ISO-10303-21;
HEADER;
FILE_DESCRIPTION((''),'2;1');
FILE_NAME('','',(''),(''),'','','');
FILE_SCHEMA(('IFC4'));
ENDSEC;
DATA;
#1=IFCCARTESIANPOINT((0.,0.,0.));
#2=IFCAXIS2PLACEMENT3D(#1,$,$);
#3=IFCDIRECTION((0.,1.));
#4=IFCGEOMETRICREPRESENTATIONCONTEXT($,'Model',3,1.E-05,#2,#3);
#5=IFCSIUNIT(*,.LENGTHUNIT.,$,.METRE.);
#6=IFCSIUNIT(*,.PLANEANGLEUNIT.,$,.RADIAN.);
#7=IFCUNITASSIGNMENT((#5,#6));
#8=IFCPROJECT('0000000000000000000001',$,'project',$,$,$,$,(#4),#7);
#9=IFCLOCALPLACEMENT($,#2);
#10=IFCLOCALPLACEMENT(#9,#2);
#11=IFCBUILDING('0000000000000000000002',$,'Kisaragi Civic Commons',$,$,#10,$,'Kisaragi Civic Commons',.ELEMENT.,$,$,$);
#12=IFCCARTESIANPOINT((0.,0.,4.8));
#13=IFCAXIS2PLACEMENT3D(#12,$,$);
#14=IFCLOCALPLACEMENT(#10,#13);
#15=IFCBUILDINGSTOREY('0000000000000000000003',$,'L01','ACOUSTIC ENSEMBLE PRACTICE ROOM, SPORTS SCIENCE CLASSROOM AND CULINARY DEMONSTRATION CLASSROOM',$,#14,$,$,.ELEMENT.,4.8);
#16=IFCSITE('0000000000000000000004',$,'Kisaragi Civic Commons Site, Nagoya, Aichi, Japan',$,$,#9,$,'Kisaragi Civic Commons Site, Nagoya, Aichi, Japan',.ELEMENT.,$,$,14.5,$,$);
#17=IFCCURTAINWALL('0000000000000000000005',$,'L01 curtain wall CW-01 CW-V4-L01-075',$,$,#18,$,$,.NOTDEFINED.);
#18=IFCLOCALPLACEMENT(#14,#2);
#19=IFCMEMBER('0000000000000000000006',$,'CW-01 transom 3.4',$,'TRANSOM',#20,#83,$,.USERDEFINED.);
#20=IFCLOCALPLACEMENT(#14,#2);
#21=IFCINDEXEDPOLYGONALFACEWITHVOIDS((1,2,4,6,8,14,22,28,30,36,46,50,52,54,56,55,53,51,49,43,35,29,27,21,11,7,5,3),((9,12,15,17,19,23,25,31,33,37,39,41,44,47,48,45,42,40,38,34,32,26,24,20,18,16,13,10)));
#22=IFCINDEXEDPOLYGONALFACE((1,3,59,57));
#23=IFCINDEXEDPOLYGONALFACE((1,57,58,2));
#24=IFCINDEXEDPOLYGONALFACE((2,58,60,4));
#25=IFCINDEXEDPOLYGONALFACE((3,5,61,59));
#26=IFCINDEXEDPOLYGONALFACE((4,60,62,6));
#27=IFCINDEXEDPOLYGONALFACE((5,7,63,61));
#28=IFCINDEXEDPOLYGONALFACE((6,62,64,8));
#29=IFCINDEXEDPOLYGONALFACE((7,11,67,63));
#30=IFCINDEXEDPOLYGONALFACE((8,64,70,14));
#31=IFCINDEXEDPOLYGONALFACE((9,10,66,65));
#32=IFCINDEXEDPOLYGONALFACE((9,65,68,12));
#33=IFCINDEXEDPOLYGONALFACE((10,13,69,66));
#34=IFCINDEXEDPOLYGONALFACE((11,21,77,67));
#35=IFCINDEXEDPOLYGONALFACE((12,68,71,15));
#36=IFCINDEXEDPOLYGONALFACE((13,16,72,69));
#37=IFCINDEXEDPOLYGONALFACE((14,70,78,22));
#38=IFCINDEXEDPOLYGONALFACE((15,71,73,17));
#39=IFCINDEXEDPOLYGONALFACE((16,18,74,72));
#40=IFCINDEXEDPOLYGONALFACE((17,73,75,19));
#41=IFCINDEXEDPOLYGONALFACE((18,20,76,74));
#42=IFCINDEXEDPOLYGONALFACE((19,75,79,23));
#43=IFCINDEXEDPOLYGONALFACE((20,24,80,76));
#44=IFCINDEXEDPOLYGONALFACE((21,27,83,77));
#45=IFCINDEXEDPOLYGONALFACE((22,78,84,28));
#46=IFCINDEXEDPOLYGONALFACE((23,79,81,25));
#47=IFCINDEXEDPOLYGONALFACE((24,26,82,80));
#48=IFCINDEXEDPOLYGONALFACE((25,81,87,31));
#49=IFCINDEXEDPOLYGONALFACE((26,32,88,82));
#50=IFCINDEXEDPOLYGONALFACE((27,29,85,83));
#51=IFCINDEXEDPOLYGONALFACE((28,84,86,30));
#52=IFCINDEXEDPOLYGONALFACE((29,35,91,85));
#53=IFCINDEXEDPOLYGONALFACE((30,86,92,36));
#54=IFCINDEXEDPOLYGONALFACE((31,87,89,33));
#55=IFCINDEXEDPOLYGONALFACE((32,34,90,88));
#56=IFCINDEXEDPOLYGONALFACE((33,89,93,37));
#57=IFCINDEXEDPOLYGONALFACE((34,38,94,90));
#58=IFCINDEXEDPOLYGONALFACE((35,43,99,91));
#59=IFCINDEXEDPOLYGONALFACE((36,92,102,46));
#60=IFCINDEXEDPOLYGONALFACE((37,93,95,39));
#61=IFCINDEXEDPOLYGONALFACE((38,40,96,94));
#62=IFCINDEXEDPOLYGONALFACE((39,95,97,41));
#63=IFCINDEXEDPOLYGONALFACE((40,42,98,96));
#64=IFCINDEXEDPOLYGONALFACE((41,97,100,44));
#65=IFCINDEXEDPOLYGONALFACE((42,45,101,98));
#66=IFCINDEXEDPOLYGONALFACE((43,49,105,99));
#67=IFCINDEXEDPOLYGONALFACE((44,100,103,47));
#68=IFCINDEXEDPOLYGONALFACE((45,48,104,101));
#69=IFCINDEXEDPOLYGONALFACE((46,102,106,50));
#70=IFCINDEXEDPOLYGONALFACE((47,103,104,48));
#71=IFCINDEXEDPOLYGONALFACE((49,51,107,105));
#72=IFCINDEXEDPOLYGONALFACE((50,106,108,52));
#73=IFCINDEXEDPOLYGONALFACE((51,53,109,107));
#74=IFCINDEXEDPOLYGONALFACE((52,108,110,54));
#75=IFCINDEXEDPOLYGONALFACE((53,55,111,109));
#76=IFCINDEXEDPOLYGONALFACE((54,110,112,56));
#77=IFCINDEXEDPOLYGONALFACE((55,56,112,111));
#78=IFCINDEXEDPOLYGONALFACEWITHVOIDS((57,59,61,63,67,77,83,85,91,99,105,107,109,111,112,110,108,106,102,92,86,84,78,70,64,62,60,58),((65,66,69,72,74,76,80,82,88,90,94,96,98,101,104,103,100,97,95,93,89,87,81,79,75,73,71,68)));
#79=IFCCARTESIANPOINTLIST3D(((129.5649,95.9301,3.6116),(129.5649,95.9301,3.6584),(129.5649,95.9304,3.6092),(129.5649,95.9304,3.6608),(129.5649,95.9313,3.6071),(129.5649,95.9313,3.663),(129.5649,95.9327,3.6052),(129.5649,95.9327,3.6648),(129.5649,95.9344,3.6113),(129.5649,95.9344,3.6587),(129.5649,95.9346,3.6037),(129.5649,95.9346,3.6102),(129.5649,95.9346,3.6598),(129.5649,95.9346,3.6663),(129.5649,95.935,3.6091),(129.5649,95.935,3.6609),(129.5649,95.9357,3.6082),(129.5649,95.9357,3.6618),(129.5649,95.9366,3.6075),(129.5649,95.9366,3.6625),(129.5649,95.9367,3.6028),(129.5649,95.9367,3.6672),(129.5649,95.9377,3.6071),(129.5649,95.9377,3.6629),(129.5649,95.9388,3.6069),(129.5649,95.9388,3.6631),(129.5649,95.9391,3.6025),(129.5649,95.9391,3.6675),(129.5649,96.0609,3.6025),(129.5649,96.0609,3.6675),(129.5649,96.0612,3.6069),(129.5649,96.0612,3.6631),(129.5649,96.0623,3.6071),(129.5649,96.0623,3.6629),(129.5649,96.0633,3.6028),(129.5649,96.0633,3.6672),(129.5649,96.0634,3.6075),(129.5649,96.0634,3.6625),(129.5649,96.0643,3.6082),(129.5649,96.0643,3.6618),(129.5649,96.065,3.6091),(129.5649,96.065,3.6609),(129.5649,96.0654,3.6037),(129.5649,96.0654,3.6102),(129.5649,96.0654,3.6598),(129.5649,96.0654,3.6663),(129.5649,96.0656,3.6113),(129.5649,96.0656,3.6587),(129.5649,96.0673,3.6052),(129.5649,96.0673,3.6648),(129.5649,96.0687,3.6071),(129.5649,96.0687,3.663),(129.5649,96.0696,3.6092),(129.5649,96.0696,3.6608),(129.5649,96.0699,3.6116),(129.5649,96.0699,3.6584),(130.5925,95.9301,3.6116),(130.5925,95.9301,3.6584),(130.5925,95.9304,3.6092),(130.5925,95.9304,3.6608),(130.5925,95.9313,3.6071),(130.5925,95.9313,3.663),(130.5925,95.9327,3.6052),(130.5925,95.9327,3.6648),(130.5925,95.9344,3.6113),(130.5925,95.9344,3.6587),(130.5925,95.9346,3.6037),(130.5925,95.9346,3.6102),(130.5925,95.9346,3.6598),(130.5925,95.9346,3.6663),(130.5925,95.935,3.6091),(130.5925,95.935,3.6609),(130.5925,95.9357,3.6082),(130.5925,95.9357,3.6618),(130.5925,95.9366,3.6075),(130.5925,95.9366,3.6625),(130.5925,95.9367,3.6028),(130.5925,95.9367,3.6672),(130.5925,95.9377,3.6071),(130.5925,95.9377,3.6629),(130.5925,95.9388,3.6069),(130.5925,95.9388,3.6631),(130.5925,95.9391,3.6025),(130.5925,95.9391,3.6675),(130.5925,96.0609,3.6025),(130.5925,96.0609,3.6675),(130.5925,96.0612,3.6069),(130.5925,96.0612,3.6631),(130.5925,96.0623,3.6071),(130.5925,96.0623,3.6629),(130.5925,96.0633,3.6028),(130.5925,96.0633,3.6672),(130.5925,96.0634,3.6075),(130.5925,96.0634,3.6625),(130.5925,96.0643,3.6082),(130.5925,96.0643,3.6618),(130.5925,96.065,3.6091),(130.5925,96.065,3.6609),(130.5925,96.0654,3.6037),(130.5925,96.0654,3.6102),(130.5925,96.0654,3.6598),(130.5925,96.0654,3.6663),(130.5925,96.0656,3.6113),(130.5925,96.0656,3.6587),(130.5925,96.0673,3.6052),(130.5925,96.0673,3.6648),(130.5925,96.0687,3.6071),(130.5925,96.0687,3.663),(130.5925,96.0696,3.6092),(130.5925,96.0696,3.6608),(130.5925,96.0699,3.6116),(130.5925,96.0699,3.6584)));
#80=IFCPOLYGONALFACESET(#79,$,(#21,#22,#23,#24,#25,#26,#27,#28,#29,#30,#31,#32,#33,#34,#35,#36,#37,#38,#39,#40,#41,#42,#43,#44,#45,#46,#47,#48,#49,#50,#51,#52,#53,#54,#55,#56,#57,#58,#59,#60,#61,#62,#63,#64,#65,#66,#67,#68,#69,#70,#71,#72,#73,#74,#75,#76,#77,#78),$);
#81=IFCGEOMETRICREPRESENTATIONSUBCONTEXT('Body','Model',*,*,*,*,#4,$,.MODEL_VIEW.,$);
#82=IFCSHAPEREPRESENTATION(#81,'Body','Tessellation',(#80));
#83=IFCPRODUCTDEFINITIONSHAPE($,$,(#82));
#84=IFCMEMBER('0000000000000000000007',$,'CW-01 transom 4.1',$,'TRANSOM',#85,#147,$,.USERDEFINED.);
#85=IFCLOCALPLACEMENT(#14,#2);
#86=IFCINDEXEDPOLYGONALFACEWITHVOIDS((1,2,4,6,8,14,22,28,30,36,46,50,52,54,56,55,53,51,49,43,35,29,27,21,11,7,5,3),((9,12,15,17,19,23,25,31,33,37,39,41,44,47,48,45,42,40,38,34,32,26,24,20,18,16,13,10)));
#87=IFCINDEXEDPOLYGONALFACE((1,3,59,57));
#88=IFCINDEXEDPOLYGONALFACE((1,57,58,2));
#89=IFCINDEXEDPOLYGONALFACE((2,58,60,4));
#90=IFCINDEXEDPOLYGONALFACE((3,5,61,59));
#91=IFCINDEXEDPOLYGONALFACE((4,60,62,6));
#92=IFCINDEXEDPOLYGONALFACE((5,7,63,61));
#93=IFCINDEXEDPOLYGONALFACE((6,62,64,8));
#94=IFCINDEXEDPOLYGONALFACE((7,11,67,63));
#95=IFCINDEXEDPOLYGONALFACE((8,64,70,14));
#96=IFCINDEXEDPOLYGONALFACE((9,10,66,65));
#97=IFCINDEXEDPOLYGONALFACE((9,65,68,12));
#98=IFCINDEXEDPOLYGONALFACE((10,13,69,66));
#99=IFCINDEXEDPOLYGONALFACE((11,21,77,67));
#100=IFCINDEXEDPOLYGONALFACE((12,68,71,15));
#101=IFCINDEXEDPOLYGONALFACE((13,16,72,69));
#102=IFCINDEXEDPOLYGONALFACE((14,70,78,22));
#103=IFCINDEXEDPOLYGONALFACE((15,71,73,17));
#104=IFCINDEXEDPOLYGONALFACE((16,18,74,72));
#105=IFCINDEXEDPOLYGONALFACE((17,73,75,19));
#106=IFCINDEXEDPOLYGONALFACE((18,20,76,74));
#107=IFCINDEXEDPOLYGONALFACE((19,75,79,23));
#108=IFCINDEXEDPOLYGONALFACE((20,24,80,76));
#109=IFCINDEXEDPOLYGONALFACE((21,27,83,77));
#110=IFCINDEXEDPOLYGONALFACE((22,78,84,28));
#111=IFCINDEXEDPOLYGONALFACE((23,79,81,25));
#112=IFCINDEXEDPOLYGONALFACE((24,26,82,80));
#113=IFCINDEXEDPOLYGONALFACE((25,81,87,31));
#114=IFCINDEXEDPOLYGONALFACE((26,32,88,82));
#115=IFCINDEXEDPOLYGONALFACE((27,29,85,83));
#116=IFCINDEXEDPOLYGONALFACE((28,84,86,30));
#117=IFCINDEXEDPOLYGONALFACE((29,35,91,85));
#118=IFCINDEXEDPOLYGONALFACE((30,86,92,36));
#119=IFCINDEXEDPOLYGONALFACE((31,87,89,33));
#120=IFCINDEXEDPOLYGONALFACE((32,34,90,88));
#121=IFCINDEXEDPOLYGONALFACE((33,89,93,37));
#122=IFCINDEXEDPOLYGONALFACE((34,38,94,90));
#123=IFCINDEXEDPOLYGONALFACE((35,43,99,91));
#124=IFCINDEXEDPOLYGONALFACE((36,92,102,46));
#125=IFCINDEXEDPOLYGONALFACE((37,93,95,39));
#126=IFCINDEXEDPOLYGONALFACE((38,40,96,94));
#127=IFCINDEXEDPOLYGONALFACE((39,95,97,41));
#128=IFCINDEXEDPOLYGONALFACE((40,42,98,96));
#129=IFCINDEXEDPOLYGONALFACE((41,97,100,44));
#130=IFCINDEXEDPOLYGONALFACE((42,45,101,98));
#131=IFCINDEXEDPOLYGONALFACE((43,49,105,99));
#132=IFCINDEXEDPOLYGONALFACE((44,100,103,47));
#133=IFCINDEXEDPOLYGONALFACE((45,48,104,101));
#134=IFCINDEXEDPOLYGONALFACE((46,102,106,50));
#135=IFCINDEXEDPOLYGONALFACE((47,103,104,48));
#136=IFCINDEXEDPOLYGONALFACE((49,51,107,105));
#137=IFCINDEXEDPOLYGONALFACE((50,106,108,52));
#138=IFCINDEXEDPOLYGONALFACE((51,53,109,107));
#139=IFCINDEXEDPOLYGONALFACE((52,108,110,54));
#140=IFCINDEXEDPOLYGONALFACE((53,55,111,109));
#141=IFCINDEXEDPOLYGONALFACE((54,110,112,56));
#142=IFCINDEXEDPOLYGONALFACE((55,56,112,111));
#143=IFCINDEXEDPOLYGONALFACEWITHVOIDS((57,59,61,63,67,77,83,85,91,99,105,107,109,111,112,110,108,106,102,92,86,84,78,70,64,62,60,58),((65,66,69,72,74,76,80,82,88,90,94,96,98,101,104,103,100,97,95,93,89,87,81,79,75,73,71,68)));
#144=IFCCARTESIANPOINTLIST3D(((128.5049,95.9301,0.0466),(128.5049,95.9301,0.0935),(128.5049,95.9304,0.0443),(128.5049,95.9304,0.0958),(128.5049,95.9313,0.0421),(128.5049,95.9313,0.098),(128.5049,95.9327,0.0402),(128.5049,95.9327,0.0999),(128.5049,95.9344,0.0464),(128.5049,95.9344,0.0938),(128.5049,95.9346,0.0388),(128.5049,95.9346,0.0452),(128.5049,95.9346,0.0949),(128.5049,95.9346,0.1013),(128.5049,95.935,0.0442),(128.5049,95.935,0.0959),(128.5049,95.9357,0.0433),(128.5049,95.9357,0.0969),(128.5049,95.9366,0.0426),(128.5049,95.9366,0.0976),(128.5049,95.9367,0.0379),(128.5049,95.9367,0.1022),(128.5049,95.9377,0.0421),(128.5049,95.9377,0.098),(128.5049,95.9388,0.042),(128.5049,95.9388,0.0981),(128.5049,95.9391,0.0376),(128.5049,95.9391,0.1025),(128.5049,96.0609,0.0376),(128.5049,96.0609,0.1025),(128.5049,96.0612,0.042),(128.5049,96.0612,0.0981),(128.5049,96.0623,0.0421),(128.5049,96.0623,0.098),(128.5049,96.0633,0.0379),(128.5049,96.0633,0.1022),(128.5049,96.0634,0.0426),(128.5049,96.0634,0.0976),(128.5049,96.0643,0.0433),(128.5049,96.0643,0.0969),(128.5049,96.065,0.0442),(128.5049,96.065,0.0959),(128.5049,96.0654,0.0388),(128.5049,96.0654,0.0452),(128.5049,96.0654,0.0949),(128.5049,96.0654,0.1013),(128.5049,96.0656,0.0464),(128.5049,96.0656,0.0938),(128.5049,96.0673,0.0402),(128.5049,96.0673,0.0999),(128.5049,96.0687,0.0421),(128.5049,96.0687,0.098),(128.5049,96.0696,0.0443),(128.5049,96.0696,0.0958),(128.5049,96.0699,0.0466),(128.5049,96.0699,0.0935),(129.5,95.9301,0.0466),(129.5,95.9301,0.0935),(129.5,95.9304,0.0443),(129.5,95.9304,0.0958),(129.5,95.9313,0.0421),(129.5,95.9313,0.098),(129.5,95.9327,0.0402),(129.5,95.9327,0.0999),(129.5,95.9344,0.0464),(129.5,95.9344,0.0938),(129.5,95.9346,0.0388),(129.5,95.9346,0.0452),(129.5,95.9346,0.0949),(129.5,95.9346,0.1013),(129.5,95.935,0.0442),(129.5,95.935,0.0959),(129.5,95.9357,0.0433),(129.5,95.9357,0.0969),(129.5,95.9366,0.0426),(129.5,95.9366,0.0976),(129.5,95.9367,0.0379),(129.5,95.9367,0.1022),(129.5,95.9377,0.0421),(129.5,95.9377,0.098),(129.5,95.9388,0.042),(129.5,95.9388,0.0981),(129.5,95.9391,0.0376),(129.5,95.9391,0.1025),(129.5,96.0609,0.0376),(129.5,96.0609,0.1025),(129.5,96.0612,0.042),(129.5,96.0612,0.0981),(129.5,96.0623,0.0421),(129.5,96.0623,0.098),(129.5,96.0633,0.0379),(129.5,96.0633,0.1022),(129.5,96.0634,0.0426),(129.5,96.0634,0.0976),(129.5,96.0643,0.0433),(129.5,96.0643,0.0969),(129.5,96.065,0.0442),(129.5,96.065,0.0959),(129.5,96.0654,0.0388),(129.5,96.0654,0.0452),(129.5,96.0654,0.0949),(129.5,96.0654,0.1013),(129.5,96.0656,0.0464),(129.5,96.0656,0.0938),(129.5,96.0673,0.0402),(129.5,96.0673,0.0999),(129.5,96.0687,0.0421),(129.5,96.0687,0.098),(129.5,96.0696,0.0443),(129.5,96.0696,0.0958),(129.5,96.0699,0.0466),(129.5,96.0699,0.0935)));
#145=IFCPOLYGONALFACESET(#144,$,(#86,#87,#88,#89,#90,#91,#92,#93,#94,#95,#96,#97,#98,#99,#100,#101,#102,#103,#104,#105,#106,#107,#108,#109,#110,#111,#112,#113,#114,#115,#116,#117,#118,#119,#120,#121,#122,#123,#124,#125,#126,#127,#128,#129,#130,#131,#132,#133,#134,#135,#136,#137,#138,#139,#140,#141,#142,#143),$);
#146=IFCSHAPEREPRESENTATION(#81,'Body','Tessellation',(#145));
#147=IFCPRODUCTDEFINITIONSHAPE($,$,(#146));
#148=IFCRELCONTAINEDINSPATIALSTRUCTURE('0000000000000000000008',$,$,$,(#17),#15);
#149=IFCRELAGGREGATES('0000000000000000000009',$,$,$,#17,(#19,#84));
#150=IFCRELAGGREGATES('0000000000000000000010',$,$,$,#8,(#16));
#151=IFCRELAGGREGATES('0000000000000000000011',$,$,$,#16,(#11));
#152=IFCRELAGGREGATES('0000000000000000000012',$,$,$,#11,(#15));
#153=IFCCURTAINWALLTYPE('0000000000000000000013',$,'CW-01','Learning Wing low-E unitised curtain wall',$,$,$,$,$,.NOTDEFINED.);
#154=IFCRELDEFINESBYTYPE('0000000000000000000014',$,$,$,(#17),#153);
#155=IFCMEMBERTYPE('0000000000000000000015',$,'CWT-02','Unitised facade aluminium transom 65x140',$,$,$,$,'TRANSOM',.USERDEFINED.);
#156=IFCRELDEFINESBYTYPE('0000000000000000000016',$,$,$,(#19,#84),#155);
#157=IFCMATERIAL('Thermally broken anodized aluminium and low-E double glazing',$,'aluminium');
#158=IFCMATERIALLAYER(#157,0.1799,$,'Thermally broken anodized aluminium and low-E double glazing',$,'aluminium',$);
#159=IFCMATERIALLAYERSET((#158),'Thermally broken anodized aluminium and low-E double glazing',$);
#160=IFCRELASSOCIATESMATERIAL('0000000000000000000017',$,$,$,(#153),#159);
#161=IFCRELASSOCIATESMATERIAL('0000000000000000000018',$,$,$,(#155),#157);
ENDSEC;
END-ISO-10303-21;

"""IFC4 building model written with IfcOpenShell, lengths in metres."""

from ifc_helpers import new_model, si_unit, direction, frame, origin, origin_2d, place, context, subcontext, project, spatial, hollow_rectangle, extrude, material, layer, layer_set, material_profile, profile_set, type_object, element, aggregate, save


model = new_model("IFC4")

# Units and contexts
model_context = context("Model", 3, precision=1e-05, world=origin(), true_north=direction((0.0, 1.0)))
body_context = subcontext(model_context, "Body", "Model", "MODEL_VIEW")
ifc_project = project(units=[si_unit("LENGTHUNIT", "METRE"), si_unit("PLANEANGLEUNIT", "RADIAN")], contexts=[model_context])

# Site, building, storey
site_placement = place(None, origin())
site = spatial("IfcSite", under=ifc_project, at=site_placement, Name="Kisaragi Civic Commons Site, Nagoya, Aichi, Japan", LongName="Kisaragi Civic Commons Site, Nagoya, Aichi, Japan", CompositionType="ELEMENT", RefElevation=14.5)
building_placement = place(site_placement, origin())
building = spatial("IfcBuilding", under=site, at=building_placement, Name="Kisaragi Civic Commons", LongName="Kisaragi Civic Commons", CompositionType="ELEMENT")
storey_placement = place(building_placement, frame((0.0, 0.0, 4.8)))
storey = spatial("IfcBuildingStorey", under=building, at=storey_placement, Name="L01", Description="ACOUSTIC ENSEMBLE PRACTICE ROOM, SPORTS SCIENCE CLASSROOM AND CULINARY DEMONSTRATION CLASSROOM", CompositionType="ELEMENT", Elevation=4.8)

# Curtain wall, members
ifc_material = material(Name="Thermally broken anodized aluminium and low-E double glazing", Category="aluminium")
ifc_layer_1 = layer(ifc_material, 0.1799, Name="Thermally broken anodized aluminium and low-E double glazing", Category="aluminium")
ifc_layer_set_1 = layer_set([ifc_layer_1], Name="Thermally broken anodized aluminium and low-E double glazing")
curtain_wall_type = type_object("IfcCurtainWallType", Name="CW-01", Description="Learning Wing low-E unitised curtain wall", PredefinedType="NOTDEFINED", material=ifc_layer_set_1)
curtain_wall_placement = place(storey_placement, origin())
curtain_wall = element("IfcCurtainWall", 1, at=curtain_wall_placement, inside=storey, type_object=curtain_wall_type, Name="L01 curtain wall CW-01 CW-V4-L01-075", PredefinedType="NOTDEFINED")
ifc_material_profile_1 = material_profile(ifc_material, hollow_rectangle(XDim=0.1399, YDim=0.0649, WallThickness=0.0044, InnerFilletRadius=0.0044, OuterFilletRadius=0.009, at=origin_2d()), Name="CWT-65x140x4.5", Category="aluminium")
ifc_profile_set_1 = profile_set([ifc_material_profile_1], Name="Thermally broken anodized aluminium and low-E double glazing")
member_type_1 = type_object("IfcMemberType", Name="CWT-02", Description="Unitised facade aluminium transom 65x140", ElementType="TRANSOM", PredefinedType="USERDEFINED", material=ifc_profile_set_1)
member_1_placement = place(storey_placement, frame((130.5925, 96.0, 3.635), z_axis=(-1.0, 0.0, 0.0), x_axis=(0.0, -1.0, 0.0)))
member_1 = element("IfcMember", 2, at=member_1_placement, type_object=member_type_1, Name="CW-01 transom 3.4", ObjectType="TRANSOM", PredefinedType="USERDEFINED", context=body_context, shape_type="SweptSolid", body=[
    extrude(hollow_rectangle(XDim=0.1399, YDim=0.0649, WallThickness=0.0044, InnerFilletRadius=0.0044, OuterFilletRadius=0.009, at=origin_2d()), origin(), (0.0, 0.0, 1.0), 1.0276),
])
member_2_placement = place(storey_placement, frame((129.5, 96.0, 0.0701), z_axis=(-1.0, 0.0, 0.0), x_axis=(0.0, -1.0, 0.0)))
member_2 = element("IfcMember", 3, at=member_2_placement, type_object=member_type_1, Name="CW-01 transom 4.1", ObjectType="TRANSOM", PredefinedType="USERDEFINED", context=body_context, shape_type="SweptSolid", body=[
    extrude(hollow_rectangle(XDim=0.1399, YDim=0.0649, WallThickness=0.0044, InnerFilletRadius=0.0044, OuterFilletRadius=0.009, at=origin_2d()), origin(), (0.0, 0.0, 1.0), 0.9951),
])
aggregate(curtain_wall, [member_1, member_2])

save(model, "model.ifc")
